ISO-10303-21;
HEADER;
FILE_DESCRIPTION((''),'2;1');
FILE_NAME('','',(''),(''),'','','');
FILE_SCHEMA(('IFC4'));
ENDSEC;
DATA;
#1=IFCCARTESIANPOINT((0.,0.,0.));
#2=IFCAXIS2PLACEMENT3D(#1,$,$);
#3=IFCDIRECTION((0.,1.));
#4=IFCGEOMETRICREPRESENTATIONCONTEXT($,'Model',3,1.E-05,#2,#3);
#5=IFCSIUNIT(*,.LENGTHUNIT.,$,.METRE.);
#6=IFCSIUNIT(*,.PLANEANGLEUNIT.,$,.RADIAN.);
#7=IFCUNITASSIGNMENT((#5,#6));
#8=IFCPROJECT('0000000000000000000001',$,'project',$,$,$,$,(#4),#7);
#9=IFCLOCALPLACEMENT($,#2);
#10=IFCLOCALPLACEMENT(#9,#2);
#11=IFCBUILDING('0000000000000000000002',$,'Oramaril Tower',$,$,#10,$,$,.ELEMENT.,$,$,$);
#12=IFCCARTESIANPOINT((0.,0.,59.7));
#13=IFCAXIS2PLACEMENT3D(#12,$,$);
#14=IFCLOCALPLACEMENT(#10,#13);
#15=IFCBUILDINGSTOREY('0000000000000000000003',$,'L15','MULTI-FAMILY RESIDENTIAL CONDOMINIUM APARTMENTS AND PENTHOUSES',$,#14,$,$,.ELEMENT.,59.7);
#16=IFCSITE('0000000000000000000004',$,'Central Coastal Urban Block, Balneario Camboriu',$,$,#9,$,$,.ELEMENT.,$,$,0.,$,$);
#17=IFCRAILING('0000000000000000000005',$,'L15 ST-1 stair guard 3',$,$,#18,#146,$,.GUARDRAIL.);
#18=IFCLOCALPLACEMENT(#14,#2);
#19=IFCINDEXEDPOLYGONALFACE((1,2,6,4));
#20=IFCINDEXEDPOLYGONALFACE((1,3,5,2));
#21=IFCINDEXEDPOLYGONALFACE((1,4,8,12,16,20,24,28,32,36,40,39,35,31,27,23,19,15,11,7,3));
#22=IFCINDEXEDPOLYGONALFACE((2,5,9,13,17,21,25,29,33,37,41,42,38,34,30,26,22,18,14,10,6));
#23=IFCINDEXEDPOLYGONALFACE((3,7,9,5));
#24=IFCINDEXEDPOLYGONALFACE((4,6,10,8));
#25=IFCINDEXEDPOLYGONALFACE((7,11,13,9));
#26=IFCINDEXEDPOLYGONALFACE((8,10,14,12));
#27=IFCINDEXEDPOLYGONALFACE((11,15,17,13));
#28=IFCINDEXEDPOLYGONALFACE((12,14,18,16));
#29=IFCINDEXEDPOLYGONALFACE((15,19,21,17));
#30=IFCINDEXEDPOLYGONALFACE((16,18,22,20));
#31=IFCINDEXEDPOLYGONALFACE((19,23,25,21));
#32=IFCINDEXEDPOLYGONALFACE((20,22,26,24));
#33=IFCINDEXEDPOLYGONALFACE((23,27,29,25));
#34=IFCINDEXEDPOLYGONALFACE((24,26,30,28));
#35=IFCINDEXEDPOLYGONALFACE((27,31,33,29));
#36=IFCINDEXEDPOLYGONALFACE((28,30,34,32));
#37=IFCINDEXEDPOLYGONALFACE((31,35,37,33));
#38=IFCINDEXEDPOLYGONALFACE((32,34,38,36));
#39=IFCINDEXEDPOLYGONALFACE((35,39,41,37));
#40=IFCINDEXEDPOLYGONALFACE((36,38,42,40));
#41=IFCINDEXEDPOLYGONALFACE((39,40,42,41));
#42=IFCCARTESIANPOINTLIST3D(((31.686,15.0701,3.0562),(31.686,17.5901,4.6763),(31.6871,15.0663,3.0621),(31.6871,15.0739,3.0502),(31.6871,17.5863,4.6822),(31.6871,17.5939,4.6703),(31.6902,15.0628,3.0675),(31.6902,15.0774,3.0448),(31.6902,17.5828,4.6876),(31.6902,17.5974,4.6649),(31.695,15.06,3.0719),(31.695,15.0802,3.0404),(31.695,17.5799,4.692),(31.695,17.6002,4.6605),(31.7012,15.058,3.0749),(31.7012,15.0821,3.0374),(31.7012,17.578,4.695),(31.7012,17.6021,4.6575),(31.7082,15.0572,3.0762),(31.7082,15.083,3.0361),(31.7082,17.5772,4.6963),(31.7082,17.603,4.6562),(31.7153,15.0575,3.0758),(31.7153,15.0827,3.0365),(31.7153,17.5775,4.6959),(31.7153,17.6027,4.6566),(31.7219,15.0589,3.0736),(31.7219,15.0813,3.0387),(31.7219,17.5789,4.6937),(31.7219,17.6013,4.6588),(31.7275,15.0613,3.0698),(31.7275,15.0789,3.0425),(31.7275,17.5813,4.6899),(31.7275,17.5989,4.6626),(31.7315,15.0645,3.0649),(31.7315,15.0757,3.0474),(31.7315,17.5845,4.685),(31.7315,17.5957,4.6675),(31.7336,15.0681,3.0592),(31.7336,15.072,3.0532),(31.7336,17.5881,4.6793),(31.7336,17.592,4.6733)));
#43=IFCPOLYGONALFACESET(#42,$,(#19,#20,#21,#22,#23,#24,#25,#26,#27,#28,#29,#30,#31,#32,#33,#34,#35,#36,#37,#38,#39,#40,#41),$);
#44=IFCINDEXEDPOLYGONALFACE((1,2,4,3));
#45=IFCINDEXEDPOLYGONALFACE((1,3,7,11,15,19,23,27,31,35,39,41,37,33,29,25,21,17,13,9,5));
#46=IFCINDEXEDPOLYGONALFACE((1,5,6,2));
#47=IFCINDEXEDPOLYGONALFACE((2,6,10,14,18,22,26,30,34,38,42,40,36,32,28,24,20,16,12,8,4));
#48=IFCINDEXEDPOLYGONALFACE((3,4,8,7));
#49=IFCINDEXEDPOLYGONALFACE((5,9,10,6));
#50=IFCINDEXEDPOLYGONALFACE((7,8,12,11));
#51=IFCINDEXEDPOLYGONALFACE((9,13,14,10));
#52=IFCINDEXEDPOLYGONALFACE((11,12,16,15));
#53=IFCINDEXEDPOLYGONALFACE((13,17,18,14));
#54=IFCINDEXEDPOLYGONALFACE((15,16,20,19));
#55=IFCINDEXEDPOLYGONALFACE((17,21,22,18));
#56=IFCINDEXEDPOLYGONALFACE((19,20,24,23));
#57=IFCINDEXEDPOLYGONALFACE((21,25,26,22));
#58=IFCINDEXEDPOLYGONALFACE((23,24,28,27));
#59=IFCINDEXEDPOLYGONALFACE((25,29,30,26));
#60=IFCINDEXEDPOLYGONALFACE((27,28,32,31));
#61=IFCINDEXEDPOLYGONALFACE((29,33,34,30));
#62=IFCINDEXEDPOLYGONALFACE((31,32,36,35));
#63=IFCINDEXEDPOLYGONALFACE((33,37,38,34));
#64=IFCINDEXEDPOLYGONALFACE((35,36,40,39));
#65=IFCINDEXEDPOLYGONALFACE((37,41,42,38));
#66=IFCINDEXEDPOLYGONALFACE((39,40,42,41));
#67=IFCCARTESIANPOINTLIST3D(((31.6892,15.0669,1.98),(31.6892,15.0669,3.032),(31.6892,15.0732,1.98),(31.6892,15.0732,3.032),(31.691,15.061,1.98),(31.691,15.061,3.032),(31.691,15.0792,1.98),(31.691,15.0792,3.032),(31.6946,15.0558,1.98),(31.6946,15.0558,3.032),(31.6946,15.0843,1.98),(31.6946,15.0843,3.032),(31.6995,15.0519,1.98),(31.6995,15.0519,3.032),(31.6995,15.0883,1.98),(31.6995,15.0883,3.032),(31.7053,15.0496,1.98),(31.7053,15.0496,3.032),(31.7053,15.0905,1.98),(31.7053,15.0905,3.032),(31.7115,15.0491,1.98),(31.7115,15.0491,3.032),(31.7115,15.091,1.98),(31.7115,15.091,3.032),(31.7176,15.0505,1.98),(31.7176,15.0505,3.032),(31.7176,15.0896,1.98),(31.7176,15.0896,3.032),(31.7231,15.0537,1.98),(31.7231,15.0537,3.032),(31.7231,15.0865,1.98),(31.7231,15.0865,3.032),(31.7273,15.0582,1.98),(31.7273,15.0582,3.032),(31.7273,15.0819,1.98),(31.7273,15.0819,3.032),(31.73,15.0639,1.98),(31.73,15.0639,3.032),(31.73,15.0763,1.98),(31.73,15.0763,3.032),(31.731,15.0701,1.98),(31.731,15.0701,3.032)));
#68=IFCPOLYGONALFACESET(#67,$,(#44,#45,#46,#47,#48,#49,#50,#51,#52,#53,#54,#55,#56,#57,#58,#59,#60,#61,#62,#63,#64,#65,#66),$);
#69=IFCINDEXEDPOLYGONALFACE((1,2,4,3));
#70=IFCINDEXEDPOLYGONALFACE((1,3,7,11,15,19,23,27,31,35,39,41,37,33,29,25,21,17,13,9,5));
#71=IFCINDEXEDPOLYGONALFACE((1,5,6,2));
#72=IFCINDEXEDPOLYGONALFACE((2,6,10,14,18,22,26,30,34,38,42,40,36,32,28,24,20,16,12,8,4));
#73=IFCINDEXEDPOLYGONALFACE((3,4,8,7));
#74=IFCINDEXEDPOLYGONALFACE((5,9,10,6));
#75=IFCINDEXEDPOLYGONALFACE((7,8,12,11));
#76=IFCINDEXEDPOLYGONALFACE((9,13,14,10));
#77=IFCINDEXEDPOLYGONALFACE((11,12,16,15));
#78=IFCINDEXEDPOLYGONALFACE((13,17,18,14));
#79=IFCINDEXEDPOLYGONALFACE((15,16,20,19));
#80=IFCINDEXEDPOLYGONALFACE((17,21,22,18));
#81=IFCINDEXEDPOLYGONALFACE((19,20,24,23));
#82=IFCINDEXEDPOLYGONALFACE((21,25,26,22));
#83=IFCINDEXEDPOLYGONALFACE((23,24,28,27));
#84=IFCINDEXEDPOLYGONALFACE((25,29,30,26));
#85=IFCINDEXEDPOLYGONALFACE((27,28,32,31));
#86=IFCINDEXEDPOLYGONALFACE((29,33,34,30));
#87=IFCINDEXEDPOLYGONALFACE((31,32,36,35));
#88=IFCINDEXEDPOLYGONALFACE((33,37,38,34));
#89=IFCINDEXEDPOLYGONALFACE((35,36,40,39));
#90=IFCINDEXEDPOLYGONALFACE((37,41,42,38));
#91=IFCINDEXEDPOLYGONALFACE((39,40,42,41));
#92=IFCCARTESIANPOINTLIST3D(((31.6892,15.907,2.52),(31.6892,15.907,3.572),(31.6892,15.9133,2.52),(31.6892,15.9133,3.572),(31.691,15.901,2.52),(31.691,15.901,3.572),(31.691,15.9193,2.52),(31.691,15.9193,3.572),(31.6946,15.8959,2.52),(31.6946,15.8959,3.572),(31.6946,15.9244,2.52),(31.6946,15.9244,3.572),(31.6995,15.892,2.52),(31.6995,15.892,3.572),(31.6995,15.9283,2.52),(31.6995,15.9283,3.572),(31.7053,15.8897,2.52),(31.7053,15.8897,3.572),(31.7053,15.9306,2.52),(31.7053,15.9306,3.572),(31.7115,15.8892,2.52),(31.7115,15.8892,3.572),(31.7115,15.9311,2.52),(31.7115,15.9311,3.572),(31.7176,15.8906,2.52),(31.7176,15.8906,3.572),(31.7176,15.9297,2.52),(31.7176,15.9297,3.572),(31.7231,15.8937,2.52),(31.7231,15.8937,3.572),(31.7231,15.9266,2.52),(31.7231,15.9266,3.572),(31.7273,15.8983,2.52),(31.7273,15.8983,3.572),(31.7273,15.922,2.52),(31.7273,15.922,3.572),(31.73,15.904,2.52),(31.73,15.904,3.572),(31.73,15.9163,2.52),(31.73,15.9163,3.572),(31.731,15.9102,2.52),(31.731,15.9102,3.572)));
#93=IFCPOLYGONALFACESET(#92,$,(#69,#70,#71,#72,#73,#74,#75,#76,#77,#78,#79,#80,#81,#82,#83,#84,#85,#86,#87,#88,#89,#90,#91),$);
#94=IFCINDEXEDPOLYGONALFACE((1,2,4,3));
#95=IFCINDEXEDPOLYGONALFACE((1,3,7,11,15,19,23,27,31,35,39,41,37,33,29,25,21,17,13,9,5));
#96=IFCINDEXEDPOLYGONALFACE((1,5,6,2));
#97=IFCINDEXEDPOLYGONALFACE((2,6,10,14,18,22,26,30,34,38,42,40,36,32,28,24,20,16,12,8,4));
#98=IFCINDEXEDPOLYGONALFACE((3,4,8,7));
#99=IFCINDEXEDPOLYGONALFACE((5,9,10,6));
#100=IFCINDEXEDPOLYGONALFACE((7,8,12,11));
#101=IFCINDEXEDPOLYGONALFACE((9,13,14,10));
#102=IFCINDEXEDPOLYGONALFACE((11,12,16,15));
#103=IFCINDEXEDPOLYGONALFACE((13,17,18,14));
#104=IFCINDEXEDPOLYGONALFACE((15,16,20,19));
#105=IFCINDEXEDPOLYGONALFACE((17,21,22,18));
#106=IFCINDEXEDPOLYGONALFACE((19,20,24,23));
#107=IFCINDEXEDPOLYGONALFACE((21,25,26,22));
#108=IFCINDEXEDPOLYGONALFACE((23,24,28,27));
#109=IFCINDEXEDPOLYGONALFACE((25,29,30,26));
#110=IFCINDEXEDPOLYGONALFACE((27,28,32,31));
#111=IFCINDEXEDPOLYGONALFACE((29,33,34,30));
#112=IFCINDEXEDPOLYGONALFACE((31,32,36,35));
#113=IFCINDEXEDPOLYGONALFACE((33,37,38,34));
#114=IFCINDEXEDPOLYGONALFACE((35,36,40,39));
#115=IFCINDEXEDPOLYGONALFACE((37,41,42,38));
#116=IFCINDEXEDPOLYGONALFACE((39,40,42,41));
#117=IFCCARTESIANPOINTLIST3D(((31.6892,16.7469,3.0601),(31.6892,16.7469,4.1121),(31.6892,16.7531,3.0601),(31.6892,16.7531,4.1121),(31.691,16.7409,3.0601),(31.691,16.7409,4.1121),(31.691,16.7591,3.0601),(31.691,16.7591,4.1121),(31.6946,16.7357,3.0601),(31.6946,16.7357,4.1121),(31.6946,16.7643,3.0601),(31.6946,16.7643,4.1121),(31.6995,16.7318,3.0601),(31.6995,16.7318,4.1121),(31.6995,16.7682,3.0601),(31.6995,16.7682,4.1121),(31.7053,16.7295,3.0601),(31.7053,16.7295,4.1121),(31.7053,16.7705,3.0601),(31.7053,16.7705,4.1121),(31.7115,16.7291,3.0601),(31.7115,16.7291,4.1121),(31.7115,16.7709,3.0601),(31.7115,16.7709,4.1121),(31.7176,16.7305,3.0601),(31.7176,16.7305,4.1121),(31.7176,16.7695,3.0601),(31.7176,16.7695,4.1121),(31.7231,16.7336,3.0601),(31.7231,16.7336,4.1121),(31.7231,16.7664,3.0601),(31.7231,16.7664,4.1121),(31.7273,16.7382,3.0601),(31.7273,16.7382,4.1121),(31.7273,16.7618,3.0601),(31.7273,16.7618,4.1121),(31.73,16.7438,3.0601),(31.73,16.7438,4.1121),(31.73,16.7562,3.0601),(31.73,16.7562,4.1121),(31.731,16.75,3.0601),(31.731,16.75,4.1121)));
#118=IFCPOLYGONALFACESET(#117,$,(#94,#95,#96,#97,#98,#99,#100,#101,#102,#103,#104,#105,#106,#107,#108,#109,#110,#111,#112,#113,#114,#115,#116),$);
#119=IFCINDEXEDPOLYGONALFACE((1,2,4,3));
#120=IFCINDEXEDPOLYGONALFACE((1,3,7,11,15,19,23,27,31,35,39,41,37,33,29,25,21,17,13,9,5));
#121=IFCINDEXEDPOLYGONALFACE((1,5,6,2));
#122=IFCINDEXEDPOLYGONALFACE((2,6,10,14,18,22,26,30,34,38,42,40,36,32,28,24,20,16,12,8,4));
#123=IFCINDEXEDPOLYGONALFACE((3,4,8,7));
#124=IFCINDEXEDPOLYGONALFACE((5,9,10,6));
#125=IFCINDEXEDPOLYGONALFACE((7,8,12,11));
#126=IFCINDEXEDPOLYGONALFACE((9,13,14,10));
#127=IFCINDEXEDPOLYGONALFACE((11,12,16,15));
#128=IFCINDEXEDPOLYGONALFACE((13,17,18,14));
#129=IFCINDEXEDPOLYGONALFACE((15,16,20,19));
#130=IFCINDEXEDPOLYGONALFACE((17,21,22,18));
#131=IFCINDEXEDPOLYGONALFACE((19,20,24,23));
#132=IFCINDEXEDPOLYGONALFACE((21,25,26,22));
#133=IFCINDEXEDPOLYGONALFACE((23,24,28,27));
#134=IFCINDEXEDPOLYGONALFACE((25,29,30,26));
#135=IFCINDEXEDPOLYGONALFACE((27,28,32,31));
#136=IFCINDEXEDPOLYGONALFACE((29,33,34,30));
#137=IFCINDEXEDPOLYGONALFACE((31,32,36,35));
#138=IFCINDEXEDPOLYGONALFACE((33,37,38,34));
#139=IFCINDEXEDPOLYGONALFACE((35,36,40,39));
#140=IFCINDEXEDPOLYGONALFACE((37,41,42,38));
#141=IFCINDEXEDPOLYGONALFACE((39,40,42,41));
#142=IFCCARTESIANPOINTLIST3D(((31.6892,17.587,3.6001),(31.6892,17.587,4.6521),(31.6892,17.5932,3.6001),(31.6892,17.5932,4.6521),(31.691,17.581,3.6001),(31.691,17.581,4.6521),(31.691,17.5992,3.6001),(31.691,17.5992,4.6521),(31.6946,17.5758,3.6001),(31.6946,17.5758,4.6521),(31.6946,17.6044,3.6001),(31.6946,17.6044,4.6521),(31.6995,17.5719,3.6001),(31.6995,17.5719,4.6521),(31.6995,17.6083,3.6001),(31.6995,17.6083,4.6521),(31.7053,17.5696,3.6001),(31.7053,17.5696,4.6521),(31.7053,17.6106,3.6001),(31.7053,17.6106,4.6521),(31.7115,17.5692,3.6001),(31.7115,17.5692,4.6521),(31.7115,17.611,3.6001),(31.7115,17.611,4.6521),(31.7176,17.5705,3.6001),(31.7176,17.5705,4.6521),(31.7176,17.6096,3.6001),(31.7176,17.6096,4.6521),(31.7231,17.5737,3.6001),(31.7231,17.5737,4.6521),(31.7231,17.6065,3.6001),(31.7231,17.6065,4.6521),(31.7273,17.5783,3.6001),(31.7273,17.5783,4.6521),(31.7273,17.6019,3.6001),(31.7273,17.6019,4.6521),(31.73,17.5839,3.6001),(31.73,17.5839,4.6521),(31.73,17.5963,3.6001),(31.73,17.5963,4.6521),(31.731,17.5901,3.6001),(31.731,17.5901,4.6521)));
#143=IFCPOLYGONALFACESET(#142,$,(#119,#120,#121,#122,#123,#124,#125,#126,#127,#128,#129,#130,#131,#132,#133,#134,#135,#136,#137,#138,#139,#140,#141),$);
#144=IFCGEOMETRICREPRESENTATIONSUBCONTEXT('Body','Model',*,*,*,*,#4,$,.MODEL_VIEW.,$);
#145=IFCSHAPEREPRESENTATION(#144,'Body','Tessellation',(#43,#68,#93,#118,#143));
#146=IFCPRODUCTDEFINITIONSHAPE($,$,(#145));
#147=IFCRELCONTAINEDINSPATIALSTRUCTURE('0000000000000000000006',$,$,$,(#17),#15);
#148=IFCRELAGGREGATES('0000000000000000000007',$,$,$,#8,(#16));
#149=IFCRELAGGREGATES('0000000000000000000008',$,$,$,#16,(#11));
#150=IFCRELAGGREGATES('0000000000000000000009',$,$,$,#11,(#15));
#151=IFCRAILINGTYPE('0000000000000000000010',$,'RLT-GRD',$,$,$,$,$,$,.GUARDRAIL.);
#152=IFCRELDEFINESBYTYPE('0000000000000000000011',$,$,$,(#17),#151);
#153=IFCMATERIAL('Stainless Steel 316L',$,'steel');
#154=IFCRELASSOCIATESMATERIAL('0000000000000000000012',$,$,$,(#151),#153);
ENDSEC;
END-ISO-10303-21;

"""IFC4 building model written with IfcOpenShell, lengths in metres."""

from ifc_helpers import new_model, si_unit, direction, frame, origin, origin_2d, place, context, subcontext, project, spatial, circle, extrude, material, type_object, element, save


model = new_model("IFC4")

# Units and contexts
model_context = context("Model", 3, precision=1e-05, world=origin(), true_north=direction((0.0, 1.0)))
body_context = subcontext(model_context, "Body", "Model", "MODEL_VIEW")
ifc_project = project(units=[si_unit("LENGTHUNIT", "METRE"), si_unit("PLANEANGLEUNIT", "RADIAN")], contexts=[model_context])

# Site, building, storey
site_placement = place(None, origin())
site = spatial("IfcSite", under=ifc_project, at=site_placement, Name="Central Coastal Urban Block, Balneario Camboriu", CompositionType="ELEMENT", RefElevation=0.0)
building_placement = place(site_placement, origin())
building = spatial("IfcBuilding", under=site, at=building_placement, Name="Oramaril Tower", CompositionType="ELEMENT")
storey_placement = place(building_placement, frame((0.0, 0.0, 59.7)))
storey = spatial("IfcBuildingStorey", under=building, at=storey_placement, Name="L15", Description="MULTI-FAMILY RESIDENTIAL CONDOMINIUM APARTMENTS AND PENTHOUSES", CompositionType="ELEMENT", Elevation=59.7)

# Railing
ifc_material_1 = material(Name="Stainless Steel 316L", Category="steel")
railing_type_1 = type_object("IfcRailingType", Name="RLT-GRD", PredefinedType="GUARDRAIL", material=ifc_material_1)
railing_1_placement = place(storey_placement, frame((31.71, 15.0701, 1.98)))
element("IfcRailing", 1, at=railing_1_placement, inside=storey, type_object=railing_type_1, Name="L15 ST-1 stair guard 3", PredefinedType="GUARDRAIL", context=body_context, shape_type="SweptSolid", body=[
    extrude(circle(Radius=0.0239, at=origin_2d()), frame((0.0, 0.0, 1.0762), z_axis=(0.0, 0.841163, 0.540782), x_axis=(-1.0, 0.0, 0.0)), (0.0, 0.0, 1.0), 2.9958),
    extrude(circle(Radius=0.021, at=origin_2d()), origin(), (0.0, 0.0, 1.0), 1.052),
    extrude(circle(Radius=0.021, at=origin_2d()), frame((0.0, 0.8401, 0.54)), (0.0, 0.0, 1.0), 1.052),
    extrude(circle(Radius=0.021, at=origin_2d()), frame((0.0, 1.6799, 1.0801)), (0.0, 0.0, 1.0), 1.052),
    extrude(circle(Radius=0.021, at=origin_2d()), frame((0.0, 2.52, 1.6201)), (0.0, 0.0, 1.0), 1.052),
])

save(model, "model.ifc")
